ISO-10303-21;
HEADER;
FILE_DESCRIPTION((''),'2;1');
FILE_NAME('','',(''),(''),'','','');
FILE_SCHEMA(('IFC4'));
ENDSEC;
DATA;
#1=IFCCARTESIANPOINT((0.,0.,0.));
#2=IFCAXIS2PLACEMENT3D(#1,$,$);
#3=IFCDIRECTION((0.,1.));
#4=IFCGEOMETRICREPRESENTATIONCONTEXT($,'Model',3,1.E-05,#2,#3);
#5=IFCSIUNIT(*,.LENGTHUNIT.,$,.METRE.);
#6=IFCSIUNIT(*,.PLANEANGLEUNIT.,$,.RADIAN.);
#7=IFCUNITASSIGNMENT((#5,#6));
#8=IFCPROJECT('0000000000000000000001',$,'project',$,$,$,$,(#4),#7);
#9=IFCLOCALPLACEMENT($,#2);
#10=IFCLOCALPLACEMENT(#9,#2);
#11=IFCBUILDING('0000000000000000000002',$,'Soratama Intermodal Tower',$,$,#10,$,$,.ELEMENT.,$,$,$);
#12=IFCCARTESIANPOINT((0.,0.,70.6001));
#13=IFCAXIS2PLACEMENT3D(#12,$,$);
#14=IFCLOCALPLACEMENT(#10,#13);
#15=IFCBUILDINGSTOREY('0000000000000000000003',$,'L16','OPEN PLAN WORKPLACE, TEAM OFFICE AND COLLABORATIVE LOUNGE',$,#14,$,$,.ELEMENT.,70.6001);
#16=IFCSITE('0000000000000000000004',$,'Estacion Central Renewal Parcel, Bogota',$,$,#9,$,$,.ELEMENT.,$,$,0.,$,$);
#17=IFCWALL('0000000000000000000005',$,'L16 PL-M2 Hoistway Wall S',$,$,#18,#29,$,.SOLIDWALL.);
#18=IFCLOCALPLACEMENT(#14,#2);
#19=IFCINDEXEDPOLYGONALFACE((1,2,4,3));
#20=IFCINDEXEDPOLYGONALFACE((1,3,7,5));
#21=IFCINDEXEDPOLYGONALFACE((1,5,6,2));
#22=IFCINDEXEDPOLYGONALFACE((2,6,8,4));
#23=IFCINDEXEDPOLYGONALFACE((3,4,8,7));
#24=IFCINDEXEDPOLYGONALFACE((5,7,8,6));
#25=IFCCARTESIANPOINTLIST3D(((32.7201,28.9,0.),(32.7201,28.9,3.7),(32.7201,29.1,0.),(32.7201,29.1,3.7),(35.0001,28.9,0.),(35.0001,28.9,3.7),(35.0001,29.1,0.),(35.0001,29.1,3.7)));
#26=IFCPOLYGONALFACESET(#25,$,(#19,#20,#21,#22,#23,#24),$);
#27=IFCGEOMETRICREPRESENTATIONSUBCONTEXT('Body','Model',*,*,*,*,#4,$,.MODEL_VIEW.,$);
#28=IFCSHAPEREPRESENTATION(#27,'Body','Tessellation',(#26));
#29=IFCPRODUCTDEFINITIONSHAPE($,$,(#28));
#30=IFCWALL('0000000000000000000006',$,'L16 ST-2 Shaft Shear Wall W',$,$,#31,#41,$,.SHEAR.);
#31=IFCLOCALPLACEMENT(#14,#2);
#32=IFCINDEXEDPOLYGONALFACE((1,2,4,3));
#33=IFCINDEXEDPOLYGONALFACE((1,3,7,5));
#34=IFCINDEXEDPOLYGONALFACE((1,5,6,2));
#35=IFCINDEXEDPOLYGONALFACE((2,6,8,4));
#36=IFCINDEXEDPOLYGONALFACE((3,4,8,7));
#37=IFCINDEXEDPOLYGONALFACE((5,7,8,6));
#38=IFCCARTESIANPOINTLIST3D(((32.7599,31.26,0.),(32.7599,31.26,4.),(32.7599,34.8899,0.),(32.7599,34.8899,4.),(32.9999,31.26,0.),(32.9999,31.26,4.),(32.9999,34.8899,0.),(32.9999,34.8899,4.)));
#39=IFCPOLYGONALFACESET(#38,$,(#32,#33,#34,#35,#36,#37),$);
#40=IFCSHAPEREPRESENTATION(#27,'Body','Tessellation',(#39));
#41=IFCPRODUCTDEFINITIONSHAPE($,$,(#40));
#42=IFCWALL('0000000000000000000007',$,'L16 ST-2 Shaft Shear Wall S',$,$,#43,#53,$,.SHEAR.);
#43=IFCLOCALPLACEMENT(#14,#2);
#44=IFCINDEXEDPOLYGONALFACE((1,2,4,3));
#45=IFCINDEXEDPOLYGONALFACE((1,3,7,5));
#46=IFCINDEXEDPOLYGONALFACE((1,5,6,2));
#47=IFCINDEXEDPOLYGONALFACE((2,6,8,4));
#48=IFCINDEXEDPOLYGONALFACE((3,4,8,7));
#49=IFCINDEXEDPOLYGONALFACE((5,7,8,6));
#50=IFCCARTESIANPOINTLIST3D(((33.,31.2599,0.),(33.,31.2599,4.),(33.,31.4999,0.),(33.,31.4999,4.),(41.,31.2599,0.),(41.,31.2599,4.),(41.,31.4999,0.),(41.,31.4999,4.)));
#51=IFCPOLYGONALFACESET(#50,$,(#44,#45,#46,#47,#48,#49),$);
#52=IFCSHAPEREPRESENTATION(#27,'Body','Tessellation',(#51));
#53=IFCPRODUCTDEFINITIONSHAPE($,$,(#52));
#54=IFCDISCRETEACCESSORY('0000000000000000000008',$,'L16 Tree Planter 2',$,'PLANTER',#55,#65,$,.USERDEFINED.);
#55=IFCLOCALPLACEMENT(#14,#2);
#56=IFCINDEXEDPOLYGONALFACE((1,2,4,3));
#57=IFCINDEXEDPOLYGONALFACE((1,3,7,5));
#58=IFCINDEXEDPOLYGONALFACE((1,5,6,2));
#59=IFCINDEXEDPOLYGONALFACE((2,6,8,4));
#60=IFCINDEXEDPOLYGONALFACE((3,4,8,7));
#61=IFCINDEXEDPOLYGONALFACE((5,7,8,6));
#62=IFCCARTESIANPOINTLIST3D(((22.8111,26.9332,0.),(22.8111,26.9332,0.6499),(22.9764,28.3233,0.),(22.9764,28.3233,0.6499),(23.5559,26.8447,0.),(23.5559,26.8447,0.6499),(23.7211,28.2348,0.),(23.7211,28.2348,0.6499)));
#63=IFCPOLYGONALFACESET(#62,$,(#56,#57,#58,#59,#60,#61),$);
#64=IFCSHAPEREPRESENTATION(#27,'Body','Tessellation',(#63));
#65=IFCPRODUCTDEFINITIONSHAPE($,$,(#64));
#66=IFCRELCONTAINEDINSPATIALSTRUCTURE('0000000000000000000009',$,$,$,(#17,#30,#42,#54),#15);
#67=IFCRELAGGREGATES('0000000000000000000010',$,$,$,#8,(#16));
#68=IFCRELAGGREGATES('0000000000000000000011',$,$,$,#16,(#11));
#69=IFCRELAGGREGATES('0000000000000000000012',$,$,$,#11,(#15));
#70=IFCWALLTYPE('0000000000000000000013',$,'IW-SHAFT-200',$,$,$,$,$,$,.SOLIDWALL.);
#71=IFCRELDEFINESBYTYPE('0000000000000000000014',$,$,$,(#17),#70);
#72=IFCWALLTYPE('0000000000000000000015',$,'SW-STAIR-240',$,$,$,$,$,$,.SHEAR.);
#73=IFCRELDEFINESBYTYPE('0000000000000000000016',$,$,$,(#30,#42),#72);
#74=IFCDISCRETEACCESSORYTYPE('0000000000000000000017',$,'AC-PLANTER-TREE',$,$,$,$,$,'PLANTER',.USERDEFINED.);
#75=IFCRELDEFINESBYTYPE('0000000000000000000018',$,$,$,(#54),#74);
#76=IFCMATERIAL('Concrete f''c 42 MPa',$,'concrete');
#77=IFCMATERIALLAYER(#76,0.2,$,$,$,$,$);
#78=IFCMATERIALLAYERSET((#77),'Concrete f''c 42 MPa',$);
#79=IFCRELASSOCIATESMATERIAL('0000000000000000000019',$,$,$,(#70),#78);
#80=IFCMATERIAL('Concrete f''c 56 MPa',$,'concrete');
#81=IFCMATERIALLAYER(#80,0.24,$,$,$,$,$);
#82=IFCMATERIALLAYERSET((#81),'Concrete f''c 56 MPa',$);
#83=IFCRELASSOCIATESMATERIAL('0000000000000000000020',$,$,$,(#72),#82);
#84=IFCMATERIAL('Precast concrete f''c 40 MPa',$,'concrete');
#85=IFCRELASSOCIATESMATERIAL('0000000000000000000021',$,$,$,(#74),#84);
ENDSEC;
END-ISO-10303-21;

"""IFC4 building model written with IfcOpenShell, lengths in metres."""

from ifc_helpers import new_model, si_unit, direction, frame, frame_2d, origin, origin_2d, place, context, subcontext, project, spatial, rectangle, extrude, material, layer, layer_set, type_object, element, save


model = new_model("IFC4")

# Units and contexts
model_context = context("Model", 3, precision=1e-05, world=origin(), true_north=direction((0.0, 1.0)))
body_context = subcontext(model_context, "Body", "Model", "MODEL_VIEW")
ifc_project = project(units=[si_unit("LENGTHUNIT", "METRE"), si_unit("PLANEANGLEUNIT", "RADIAN")], contexts=[model_context])

# Site, building, storey
site_placement = place(None, origin())
site = spatial("IfcSite", under=ifc_project, at=site_placement, Name="Estacion Central Renewal Parcel, Bogota", CompositionType="ELEMENT", RefElevation=0.0)
building_placement = place(site_placement, origin())
building = spatial("IfcBuilding", under=site, at=building_placement, Name="Soratama Intermodal Tower", CompositionType="ELEMENT")
storey_placement = place(building_placement, frame((0.0, 0.0, 70.6001)))
storey = spatial("IfcBuildingStorey", under=building, at=storey_placement, Name="L16", Description="OPEN PLAN WORKPLACE, TEAM OFFICE AND COLLABORATIVE LOUNGE", CompositionType="ELEMENT", Elevation=70.6001)

# Shared definitions
ifc_material_1 = material(Name="Concrete f'c 42 MPa", Category="concrete")
ifc_layer_1 = layer(ifc_material_1, 0.2)
ifc_layer_set_1 = layer_set([ifc_layer_1], Name="Concrete f'c 42 MPa")
wall_type_1 = type_object("IfcWallType", Name="IW-SHAFT-200", PredefinedType="SOLIDWALL", material=ifc_layer_set_1)

# Walls
wall_1_placement = place(storey_placement, frame((32.72, 29.0, 0.0), z_axis=(0.0, 0.0, 1.0), x_axis=(1.0, 0.0, 0.0)))
element("IfcWall", 1, at=wall_1_placement, inside=storey, type_object=wall_type_1, Name="L16 PL-M2 Hoistway Wall S", PredefinedType="SOLIDWALL", context=body_context, shape_type="SweptSolid", body=[
    extrude(rectangle(XDim=2.28, YDim=0.2, at=frame_2d((1.1401, 0.0))), origin(), (0.0, 0.0, 1.0), 3.7),
])
ifc_material_2 = material(Name="Concrete f'c 56 MPa", Category="concrete")
ifc_layer_2 = layer(ifc_material_2, 0.24)
ifc_layer_set_2 = layer_set([ifc_layer_2], Name="Concrete f'c 56 MPa")
wall_type_2 = type_object("IfcWallType", Name="SW-STAIR-240", PredefinedType="SHEAR", material=ifc_layer_set_2)
wall_2_placement = place(storey_placement, frame((32.8799, 31.26, 0.0), z_axis=(0.0, 0.0, 1.0), x_axis=(0.0, 1.0, 0.0)))
element("IfcWall", 2, at=wall_2_placement, inside=storey, type_object=wall_type_2, Name="L16 ST-2 Shaft Shear Wall W", PredefinedType="SHEAR", context=body_context, shape_type="SweptSolid", body=[
    extrude(rectangle(XDim=3.6299, YDim=0.24, at=frame_2d((1.8149, 0.0))), origin(), (0.0, 0.0, 1.0), 4.0),
])
wall_3_placement = place(storey_placement, frame((33.0, 31.3799, 0.0), z_axis=(0.0, 0.0, 1.0), x_axis=(1.0, 0.0, 0.0)))
element("IfcWall", 3, at=wall_3_placement, inside=storey, type_object=wall_type_2, Name="L16 ST-2 Shaft Shear Wall S", PredefinedType="SHEAR", context=body_context, shape_type="SweptSolid", body=[
    extrude(rectangle(XDim=8.0, YDim=0.24, at=frame_2d((4.0, 0.0))), origin(), (0.0, 0.0, 1.0), 4.0),
])

# Discrete accessory
ifc_material_3 = material(Name="Precast concrete f'c 40 MPa", Category="concrete")
discrete_accessory_type = type_object("IfcDiscreteAccessoryType", Name="AC-PLANTER-TREE", ElementType="PLANTER", PredefinedType="USERDEFINED", material=ifc_material_3)
discrete_accessory_placement = place(storey_placement, frame((23.2661, 27.584, 0.0), z_axis=(0.0, 0.0, 1.0), x_axis=(-0.993007, 0.118057, 0.0)))
element("IfcDiscreteAccessory", 4, at=discrete_accessory_placement, inside=storey, type_object=discrete_accessory_type, Name="L16 Tree Planter 2", ObjectType="PLANTER", PredefinedType="USERDEFINED", context=body_context, shape_type="SweptSolid", body=[
    extrude(rectangle(XDim=0.75, YDim=1.3999, at=origin_2d()), origin(), (0.0, 0.0, 1.0), 0.6499),
])

save(model, "model.ifc")
